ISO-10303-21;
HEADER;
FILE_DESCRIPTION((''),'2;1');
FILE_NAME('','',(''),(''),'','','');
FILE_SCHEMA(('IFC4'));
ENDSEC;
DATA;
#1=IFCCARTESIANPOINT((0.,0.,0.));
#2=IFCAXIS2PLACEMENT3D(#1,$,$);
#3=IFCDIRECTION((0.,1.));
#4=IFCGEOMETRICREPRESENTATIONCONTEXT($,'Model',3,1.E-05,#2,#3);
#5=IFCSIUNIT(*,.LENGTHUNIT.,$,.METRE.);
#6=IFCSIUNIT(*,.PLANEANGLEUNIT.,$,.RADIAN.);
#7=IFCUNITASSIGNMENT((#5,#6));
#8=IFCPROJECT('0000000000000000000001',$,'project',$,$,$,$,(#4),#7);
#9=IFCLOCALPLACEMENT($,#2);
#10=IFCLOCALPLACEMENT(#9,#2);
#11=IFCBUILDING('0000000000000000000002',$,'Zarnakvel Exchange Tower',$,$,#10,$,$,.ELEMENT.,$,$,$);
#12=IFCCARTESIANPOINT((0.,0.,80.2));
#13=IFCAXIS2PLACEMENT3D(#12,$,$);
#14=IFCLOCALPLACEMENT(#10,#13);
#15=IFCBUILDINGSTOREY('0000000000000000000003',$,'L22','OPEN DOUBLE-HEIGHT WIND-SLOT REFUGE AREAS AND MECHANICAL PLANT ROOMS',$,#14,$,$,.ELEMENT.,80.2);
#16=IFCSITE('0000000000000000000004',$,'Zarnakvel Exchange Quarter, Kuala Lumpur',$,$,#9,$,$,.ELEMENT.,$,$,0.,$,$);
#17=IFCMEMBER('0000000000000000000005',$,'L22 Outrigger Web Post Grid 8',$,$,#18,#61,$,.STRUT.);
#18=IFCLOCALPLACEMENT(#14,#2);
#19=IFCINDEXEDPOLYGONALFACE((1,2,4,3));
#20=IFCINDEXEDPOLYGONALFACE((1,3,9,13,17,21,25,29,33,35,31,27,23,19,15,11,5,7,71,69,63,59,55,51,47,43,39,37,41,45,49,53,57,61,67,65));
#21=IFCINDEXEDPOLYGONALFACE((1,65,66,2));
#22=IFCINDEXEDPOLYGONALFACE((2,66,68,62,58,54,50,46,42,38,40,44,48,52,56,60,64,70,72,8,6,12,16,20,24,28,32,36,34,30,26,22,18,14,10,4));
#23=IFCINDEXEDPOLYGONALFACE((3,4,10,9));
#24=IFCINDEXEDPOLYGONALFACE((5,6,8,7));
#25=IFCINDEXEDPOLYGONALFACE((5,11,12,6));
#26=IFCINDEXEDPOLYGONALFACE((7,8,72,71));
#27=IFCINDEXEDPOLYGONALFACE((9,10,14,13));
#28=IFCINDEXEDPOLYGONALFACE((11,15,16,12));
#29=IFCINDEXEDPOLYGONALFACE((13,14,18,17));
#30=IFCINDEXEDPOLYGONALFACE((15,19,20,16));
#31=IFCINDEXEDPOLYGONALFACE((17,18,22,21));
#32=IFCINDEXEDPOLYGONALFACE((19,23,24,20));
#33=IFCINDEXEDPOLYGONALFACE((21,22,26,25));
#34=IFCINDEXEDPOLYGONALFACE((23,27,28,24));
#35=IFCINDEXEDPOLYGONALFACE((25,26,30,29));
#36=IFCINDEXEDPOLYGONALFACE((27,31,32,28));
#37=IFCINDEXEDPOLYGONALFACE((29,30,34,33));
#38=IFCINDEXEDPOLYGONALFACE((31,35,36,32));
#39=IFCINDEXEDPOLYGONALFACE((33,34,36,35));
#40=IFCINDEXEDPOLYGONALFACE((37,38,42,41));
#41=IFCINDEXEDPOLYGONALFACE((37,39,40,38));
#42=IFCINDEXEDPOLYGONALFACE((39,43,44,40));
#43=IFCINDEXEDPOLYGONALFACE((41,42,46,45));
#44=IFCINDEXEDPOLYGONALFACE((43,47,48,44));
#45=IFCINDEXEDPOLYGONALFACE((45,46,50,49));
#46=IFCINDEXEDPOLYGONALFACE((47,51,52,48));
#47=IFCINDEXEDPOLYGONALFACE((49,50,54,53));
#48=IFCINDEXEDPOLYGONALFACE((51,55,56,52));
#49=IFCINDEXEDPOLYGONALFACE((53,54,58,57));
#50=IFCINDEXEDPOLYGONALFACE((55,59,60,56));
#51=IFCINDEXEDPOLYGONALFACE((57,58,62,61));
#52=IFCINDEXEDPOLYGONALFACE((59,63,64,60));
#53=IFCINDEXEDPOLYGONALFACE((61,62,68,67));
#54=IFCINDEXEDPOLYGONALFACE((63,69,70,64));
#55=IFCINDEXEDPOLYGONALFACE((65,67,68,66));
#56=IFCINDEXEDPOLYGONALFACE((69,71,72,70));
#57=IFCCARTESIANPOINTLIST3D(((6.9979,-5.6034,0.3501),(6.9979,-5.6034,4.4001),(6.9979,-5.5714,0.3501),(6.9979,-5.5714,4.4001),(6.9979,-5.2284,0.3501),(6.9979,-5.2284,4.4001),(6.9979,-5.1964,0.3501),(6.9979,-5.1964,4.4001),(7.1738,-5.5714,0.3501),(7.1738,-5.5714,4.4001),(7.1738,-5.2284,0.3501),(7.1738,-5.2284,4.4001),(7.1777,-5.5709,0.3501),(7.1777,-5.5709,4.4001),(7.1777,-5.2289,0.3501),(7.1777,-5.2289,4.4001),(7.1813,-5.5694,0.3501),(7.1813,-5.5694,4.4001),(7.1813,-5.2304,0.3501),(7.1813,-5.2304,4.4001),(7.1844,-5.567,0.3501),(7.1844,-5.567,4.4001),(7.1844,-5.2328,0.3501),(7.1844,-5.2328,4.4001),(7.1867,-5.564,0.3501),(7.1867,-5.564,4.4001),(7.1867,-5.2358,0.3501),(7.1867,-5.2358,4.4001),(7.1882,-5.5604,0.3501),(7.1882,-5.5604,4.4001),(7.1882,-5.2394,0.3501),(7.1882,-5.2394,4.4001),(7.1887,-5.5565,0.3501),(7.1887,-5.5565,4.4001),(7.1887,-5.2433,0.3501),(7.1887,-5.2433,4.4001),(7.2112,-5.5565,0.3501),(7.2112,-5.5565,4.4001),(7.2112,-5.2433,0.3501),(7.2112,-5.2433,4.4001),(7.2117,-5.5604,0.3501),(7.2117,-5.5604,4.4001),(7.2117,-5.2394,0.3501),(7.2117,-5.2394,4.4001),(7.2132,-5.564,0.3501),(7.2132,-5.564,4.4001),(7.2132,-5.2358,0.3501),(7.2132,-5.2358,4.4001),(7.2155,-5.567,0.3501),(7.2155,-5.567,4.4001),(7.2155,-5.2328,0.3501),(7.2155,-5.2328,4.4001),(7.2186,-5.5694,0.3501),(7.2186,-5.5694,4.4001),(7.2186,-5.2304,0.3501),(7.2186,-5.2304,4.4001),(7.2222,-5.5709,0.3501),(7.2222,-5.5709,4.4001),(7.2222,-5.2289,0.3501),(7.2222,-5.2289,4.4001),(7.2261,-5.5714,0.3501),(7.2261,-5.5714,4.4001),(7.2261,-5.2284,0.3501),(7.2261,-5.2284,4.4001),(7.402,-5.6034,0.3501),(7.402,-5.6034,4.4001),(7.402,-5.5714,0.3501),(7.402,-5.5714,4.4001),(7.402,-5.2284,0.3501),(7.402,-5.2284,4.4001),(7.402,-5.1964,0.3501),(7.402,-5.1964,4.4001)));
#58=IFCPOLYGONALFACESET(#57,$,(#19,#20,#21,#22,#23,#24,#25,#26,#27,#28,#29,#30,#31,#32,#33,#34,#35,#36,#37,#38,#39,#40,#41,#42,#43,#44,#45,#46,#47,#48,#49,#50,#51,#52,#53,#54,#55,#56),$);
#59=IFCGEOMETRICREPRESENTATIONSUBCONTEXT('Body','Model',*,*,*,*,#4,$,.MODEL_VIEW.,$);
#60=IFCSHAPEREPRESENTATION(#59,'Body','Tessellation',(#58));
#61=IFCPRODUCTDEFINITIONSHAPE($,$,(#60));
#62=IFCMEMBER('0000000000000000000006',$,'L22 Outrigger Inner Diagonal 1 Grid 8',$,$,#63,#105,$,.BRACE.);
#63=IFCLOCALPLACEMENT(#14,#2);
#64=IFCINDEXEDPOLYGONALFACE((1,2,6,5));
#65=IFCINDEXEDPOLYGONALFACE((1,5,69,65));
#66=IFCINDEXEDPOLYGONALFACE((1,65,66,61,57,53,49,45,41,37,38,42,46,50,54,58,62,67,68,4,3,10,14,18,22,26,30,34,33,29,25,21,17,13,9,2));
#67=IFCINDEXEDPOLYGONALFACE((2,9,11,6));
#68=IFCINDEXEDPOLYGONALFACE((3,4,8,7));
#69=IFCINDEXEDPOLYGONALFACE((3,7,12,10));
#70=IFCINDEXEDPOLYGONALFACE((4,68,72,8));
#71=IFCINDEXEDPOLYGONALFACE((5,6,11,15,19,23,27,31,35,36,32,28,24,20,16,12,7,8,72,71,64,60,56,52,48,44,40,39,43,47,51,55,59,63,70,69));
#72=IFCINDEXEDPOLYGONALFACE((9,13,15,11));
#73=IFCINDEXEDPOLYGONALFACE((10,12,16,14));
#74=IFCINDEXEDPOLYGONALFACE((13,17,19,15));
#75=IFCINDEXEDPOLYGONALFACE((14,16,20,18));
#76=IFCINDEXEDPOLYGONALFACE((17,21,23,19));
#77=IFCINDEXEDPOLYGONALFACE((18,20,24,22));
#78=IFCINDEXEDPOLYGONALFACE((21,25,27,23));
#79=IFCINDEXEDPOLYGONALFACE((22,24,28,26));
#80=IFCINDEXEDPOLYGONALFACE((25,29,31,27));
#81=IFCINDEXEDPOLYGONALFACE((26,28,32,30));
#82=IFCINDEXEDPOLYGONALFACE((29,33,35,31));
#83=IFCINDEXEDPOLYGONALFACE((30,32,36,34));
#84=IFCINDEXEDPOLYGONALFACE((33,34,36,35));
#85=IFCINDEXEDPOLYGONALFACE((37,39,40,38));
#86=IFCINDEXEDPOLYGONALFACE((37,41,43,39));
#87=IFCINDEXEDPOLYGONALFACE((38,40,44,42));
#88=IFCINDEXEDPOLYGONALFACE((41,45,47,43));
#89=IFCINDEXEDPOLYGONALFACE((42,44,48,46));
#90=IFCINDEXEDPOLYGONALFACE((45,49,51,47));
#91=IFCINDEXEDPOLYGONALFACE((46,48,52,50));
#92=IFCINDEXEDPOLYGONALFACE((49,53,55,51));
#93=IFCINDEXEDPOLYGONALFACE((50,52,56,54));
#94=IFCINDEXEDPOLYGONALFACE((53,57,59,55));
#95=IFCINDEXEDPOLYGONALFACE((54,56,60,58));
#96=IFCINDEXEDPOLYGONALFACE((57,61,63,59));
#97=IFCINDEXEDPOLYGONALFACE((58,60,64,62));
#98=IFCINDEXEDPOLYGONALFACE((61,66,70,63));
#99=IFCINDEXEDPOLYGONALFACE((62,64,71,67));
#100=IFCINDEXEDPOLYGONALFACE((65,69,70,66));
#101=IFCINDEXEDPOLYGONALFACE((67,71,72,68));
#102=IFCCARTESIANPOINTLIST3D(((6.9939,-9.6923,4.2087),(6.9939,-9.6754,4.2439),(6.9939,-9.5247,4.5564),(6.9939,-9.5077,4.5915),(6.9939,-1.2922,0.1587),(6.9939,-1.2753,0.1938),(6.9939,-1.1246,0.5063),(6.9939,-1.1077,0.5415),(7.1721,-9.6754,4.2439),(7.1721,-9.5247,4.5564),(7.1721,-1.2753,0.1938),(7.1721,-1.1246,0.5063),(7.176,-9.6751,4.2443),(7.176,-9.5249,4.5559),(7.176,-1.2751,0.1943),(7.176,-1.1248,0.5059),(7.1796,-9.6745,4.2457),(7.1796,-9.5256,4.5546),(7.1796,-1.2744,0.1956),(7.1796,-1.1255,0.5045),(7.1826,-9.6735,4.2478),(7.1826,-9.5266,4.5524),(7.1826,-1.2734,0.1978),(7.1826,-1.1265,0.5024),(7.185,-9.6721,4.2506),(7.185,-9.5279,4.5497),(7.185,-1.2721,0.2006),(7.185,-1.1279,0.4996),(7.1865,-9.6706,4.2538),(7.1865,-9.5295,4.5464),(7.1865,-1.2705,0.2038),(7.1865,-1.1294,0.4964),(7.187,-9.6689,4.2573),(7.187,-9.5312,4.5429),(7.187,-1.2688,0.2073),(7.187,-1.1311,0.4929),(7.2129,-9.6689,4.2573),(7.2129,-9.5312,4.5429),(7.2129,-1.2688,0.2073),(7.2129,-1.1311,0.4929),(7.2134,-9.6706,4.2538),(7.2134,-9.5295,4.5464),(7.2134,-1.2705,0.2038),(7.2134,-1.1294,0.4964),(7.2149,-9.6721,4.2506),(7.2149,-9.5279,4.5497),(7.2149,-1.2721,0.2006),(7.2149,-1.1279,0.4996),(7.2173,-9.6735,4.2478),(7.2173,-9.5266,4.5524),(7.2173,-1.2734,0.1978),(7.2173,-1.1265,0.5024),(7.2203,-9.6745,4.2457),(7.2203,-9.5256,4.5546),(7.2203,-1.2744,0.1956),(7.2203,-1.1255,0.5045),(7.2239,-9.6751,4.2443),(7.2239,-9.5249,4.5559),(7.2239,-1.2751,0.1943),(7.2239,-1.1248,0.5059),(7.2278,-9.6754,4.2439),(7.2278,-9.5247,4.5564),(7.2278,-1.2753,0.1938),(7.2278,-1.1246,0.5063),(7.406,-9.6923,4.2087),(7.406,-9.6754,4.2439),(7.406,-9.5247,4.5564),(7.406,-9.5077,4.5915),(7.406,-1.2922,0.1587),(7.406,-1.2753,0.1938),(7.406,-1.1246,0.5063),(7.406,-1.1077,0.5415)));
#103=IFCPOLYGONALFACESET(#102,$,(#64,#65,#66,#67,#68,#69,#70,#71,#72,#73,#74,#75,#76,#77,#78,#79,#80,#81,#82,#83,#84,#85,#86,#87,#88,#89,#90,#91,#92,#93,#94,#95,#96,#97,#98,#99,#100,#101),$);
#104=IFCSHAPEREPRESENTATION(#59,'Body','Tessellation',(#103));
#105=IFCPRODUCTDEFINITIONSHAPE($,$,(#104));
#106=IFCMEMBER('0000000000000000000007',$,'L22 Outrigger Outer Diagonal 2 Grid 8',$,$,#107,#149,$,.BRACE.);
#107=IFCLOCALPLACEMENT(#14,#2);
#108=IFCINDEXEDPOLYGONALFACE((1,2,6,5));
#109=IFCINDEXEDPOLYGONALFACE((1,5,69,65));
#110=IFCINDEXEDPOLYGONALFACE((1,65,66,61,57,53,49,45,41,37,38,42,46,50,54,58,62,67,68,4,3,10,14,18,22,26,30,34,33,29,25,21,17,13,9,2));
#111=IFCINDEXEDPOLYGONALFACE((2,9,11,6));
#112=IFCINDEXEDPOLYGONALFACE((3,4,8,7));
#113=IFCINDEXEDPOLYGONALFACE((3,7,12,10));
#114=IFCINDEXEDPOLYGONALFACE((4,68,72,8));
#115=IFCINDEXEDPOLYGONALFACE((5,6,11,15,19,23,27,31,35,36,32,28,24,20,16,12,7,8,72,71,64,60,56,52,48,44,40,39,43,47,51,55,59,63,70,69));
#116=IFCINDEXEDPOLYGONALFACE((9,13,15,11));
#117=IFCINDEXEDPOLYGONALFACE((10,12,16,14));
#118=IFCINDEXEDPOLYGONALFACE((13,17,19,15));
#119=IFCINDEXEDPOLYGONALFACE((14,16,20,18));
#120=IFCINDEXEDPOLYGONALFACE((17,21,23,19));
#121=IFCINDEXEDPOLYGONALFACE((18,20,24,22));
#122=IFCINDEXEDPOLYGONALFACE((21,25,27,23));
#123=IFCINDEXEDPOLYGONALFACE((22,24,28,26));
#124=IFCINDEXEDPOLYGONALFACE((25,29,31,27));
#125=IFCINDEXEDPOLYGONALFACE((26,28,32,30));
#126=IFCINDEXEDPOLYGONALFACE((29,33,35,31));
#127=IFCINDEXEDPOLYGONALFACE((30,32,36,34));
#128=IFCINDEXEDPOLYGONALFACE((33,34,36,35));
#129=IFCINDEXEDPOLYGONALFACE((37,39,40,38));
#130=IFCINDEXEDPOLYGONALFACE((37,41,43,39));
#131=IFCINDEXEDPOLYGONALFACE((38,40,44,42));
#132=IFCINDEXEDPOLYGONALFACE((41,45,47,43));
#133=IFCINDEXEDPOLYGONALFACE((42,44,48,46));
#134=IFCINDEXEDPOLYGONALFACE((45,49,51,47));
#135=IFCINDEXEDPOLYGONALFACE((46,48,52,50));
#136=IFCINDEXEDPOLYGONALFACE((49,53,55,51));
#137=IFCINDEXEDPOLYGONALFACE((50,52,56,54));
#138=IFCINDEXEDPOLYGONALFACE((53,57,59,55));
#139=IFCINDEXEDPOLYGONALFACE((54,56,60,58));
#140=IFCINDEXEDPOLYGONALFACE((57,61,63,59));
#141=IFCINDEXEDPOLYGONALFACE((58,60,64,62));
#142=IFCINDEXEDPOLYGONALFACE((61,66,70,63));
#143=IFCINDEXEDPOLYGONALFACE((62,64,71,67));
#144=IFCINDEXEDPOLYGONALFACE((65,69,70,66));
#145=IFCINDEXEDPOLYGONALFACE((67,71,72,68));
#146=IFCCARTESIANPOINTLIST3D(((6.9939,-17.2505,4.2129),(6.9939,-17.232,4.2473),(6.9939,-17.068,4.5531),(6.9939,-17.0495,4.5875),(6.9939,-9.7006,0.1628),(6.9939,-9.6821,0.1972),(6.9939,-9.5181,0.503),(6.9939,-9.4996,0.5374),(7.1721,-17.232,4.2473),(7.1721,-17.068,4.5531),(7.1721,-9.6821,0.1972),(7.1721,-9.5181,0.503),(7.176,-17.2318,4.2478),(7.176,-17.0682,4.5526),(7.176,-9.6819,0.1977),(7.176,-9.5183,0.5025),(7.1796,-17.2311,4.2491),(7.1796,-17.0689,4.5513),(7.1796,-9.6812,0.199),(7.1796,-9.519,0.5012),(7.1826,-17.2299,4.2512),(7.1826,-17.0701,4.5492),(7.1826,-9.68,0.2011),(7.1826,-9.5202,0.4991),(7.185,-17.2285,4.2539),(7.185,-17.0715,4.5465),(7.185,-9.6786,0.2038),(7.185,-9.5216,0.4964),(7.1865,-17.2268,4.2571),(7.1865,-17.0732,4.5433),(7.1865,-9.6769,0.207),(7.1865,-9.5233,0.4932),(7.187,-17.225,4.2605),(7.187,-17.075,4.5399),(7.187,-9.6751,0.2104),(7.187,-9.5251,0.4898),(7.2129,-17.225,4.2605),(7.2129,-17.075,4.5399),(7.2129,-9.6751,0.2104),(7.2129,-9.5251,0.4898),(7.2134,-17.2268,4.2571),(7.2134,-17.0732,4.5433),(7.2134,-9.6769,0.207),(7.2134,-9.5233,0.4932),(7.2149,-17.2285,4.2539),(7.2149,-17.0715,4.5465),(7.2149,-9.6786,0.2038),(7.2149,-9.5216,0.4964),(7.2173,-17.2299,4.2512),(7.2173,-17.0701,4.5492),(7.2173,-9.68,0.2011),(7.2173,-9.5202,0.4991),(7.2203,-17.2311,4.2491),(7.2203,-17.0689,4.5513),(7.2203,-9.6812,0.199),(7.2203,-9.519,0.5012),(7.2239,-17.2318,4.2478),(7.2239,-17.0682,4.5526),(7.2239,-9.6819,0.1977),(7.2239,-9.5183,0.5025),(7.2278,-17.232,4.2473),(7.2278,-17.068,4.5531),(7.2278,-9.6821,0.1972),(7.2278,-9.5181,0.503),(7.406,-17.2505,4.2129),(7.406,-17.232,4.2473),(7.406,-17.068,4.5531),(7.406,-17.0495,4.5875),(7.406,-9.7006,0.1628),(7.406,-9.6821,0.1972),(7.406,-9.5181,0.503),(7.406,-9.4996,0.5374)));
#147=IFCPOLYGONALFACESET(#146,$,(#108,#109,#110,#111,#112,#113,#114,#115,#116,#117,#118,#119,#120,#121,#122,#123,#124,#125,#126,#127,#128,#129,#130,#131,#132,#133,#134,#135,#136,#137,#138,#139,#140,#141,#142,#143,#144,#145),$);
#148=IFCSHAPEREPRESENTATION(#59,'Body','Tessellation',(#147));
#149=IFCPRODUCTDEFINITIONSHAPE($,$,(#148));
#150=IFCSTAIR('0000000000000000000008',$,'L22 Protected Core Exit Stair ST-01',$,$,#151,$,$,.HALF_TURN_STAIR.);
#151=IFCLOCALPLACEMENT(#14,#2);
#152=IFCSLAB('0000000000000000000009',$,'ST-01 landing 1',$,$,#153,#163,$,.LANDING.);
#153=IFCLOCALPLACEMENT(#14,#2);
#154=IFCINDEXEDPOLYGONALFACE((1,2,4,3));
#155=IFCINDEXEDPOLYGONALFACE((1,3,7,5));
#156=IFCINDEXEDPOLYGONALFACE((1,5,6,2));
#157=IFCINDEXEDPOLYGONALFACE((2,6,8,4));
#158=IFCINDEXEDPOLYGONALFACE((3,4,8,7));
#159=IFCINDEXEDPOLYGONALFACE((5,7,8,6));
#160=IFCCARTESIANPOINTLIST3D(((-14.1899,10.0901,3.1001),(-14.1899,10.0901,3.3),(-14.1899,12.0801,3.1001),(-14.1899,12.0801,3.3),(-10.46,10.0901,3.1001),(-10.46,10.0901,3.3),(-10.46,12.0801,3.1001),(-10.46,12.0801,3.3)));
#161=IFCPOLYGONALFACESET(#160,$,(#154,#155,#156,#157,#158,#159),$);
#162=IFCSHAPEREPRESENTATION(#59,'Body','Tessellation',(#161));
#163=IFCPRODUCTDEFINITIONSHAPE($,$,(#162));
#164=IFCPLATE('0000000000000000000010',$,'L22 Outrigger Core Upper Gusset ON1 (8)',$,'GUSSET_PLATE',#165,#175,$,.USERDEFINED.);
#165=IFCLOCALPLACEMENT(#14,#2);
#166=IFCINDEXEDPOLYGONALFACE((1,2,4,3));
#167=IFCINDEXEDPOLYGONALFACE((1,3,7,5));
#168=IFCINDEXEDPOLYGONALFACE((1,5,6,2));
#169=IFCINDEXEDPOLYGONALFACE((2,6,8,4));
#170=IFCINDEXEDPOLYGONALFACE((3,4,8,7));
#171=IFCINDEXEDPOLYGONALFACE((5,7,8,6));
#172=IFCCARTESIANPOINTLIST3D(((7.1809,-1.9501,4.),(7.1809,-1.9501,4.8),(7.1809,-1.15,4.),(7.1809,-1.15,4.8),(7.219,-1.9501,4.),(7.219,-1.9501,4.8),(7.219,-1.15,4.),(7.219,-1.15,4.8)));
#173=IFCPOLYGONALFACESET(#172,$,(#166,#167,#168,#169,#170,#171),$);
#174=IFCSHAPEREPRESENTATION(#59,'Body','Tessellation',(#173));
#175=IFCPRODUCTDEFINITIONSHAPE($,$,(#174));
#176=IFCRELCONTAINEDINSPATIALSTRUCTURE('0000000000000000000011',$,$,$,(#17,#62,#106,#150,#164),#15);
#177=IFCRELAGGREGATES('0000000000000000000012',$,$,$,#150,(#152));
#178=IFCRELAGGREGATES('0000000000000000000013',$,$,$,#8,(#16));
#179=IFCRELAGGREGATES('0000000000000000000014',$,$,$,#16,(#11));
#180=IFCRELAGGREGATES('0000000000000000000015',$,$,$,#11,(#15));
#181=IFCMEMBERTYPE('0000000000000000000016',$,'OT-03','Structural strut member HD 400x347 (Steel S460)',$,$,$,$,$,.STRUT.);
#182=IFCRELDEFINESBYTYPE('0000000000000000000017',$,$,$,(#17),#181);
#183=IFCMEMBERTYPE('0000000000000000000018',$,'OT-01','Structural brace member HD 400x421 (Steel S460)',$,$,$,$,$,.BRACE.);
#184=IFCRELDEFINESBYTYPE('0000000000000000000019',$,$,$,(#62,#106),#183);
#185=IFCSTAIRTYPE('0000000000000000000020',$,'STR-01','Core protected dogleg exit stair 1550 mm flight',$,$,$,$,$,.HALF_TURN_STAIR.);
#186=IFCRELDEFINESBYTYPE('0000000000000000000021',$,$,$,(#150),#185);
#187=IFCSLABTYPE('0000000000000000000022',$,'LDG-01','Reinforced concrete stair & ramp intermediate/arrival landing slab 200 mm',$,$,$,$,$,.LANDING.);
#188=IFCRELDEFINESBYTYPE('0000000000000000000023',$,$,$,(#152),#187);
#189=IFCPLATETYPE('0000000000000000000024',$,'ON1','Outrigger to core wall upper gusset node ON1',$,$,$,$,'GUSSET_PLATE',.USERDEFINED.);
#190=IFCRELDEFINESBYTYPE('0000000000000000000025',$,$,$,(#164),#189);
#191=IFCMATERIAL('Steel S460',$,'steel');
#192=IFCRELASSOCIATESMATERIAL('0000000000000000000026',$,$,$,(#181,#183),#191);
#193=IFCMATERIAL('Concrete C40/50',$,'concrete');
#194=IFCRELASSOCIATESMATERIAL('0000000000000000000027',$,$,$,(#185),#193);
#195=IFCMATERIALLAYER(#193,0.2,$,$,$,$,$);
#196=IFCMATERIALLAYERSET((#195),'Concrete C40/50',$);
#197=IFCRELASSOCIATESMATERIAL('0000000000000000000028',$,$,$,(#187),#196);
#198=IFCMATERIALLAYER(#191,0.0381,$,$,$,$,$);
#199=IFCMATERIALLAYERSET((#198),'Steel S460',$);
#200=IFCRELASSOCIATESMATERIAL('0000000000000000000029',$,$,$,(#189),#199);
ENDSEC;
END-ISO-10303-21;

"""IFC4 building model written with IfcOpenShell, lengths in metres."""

from ifc_helpers import new_model, si_unit, direction, frame, origin, origin_2d, place, context, subcontext, project, spatial, polyline, rectangle, i_section, outline, extrude, source, transform, mapped, material, layer, layer_set, material_profile, profile_set, type_object, element, aggregate, save


model = new_model("IFC4")

# Units and contexts
model_context = context("Model", 3, precision=1e-05, world=origin(), true_north=direction((0.0, 1.0)))
body_context = subcontext(model_context, "Body", "Model", "MODEL_VIEW")
ifc_project = project(units=[si_unit("LENGTHUNIT", "METRE"), si_unit("PLANEANGLEUNIT", "RADIAN")], contexts=[model_context])

# Site, building, storey
site_placement = place(None, origin())
site = spatial("IfcSite", under=ifc_project, at=site_placement, Name="Zarnakvel Exchange Quarter, Kuala Lumpur", CompositionType="ELEMENT", RefElevation=0.0)
building_placement = place(site_placement, origin())
building = spatial("IfcBuilding", under=site, at=building_placement, Name="Zarnakvel Exchange Tower", CompositionType="ELEMENT")
storey_placement = place(building_placement, frame((0.0, 0.0, 80.2)))
storey = spatial("IfcBuildingStorey", under=building, at=storey_placement, Name="L22", Description="OPEN DOUBLE-HEIGHT WIND-SLOT REFUGE AREAS AND MECHANICAL PLANT ROOMS", CompositionType="ELEMENT", Elevation=80.2)

# Members
ifc_material_1 = material(Name="Steel S460", Category="steel")
ifc_material_profile_1 = material_profile(ifc_material_1, i_section(OverallWidth=0.4041, OverallDepth=0.407, WebThickness=0.0225, FlangeThickness=0.032, FilletRadius=0.0149, at=origin_2d()))
ifc_profile_set_1 = profile_set([ifc_material_profile_1], Name="Steel S460")
member_type_1 = type_object("IfcMemberType", Name="OT-03", Description="Structural strut member HD 400x347 (Steel S460)", PredefinedType="STRUT", material=ifc_profile_set_1)
shared_shape_1 = source(origin(), body_context, "Body", "SweptSolid", [
    extrude(i_section(OverallWidth=0.4041, OverallDepth=0.407, WebThickness=0.0225, FlangeThickness=0.032, FilletRadius=0.0149, at=origin_2d()), origin(), (0.0, 0.0, 1.0), 4.05),
])
member_1_placement = place(storey_placement, frame((7.2, -5.3999, 0.3501), z_axis=(0.0, 0.0, 1.0), x_axis=(1.0, 0.0, 0.0)))
element("IfcMember", 1, at=member_1_placement, inside=storey, type_object=member_type_1, Name="L22 Outrigger Web Post Grid 8", PredefinedType="STRUT", context=body_context, shape_type="MappedRepresentation", body=[
    mapped(shared_shape_1, transform((0.0, 0.0, 0.0), x_axis=(1.0, 0.0, 0.0), y_axis=(0.0, 1.0, 0.0), z_axis=(0.0, 0.0, 1.0), scale=1.0)),
])
ifc_material_profile_2 = material_profile(ifc_material_1, i_section(OverallWidth=0.4121, OverallDepth=0.425, WebThickness=0.0259, FlangeThickness=0.0391, FilletRadius=0.0149, at=origin_2d()))
ifc_profile_set_2 = profile_set([ifc_material_profile_2], Name="Steel S460")
member_type_2 = type_object("IfcMemberType", Name="OT-01", Description="Structural brace member HD 400x421 (Steel S460)", PredefinedType="BRACE", material=ifc_profile_set_2)
shared_shape_2 = source(origin(), body_context, "Body", "SweptSolid", [
    extrude(i_section(OverallWidth=0.4121, OverallDepth=0.425, WebThickness=0.0259, FlangeThickness=0.0391, FilletRadius=0.0149, at=origin_2d()), origin(), (0.0, 0.0, 1.0), 9.3254),
])
member_2_placement = place(storey_placement, frame((7.2, -1.2, 0.3501), z_axis=(0.0, -0.90077, 0.434297), x_axis=(1.0, 0.0, 0.0)))
element("IfcMember", 2, at=member_2_placement, inside=storey, type_object=member_type_2, Name="L22 Outrigger Inner Diagonal 1 Grid 8", PredefinedType="BRACE", context=body_context, shape_type="MappedRepresentation", body=[
    mapped(shared_shape_2, transform((0.0, 0.0, 0.0), x_axis=(1.0, 0.0, 0.0), y_axis=(0.0, 1.0, 0.0), z_axis=(0.0, 0.0, 1.0), scale=1.0)),
])
shared_shape_3 = source(origin(), body_context, "Body", "SweptSolid", [
    extrude(i_section(OverallWidth=0.4121, OverallDepth=0.425, WebThickness=0.0259, FlangeThickness=0.0391, FilletRadius=0.0149, at=origin_2d()), origin(), (0.0, 0.0, 1.0), 8.5676),
])
member_3_placement = place(storey_placement, frame((7.2, -9.6001, 0.3501), z_axis=(0.0, -0.881212, 0.472721), x_axis=(1.0, 0.0, 0.0)))
element("IfcMember", 3, at=member_3_placement, inside=storey, type_object=member_type_2, Name="L22 Outrigger Outer Diagonal 2 Grid 8", PredefinedType="BRACE", context=body_context, shape_type="MappedRepresentation", body=[
    mapped(shared_shape_3, transform((0.0, 0.0, 0.0), x_axis=(1.0, 0.0, 0.0), y_axis=(0.0, 1.0, 0.0), z_axis=(0.0, 0.0, 1.0), scale=1.0)),
])

# Stair, slab
ifc_material_2 = material(Name="Concrete C40/50", Category="concrete")
stair_type = type_object("IfcStairType", Name="STR-01", Description="Core protected dogleg exit stair 1550 mm flight", PredefinedType="HALF_TURN_STAIR", material=ifc_material_2)
stair_placement = place(storey_placement, origin())
stair = element("IfcStair", 4, at=stair_placement, inside=storey, type_object=stair_type, Name="L22 Protected Core Exit Stair ST-01", PredefinedType="HALF_TURN_STAIR")
ifc_layer_1 = layer(ifc_material_2, 0.2)
ifc_layer_set_1 = layer_set([ifc_layer_1], Name="Concrete C40/50")
slab_type = type_object("IfcSlabType", Name="LDG-01", Description="Reinforced concrete stair & ramp intermediate/arrival landing slab 200 mm", PredefinedType="LANDING", material=ifc_layer_set_1)
slab_placement = place(storey_placement, frame((0.0, 0.0, 3.1001)))
slab = element("IfcSlab", 5, at=slab_placement, type_object=slab_type, Name="ST-01 landing 1", PredefinedType="LANDING", context=body_context, shape_type="SweptSolid", body=[
    extrude(outline(polyline([(-14.1899, 10.0901), (-10.46, 10.0901), (-10.46, 12.0801), (-14.1899, 12.0801), (-14.1899, 10.0901)])), origin(), (0.0, 0.0, 1.0), 0.2),
])
aggregate(stair, [slab])

# Plate
ifc_layer_2 = layer(ifc_material_1, 0.0381)
ifc_layer_set_2 = layer_set([ifc_layer_2], Name="Steel S460")
plate_type_1 = type_object("IfcPlateType", Name="ON1", Description="Outrigger to core wall upper gusset node ON1", ElementType="GUSSET_PLATE", PredefinedType="USERDEFINED", material=ifc_layer_set_2)
shared_shape_4 = source(origin(), body_context, "Body", "SweptSolid", [
    extrude(rectangle(XDim=0.0381, YDim=0.8, at=origin_2d()), origin(), (0.0, 0.0, 1.0), 0.8),
])
plate_1_placement = place(storey_placement, frame((7.2, -1.55, 4.0), z_axis=(0.0, 0.0, 1.0), x_axis=(1.0, 0.0, 0.0)))
element("IfcPlate", 6, at=plate_1_placement, inside=storey, type_object=plate_type_1, Name="L22 Outrigger Core Upper Gusset ON1 (8)", ObjectType="GUSSET_PLATE", PredefinedType="USERDEFINED", context=body_context, shape_type="MappedRepresentation", body=[
    mapped(shared_shape_4, transform((0.0, 0.0, 0.0), x_axis=(1.0, 0.0, 0.0), y_axis=(0.0, 1.0, 0.0), z_axis=(0.0, 0.0, 1.0), scale=1.0)),
])

save(model, "model.ifc")
